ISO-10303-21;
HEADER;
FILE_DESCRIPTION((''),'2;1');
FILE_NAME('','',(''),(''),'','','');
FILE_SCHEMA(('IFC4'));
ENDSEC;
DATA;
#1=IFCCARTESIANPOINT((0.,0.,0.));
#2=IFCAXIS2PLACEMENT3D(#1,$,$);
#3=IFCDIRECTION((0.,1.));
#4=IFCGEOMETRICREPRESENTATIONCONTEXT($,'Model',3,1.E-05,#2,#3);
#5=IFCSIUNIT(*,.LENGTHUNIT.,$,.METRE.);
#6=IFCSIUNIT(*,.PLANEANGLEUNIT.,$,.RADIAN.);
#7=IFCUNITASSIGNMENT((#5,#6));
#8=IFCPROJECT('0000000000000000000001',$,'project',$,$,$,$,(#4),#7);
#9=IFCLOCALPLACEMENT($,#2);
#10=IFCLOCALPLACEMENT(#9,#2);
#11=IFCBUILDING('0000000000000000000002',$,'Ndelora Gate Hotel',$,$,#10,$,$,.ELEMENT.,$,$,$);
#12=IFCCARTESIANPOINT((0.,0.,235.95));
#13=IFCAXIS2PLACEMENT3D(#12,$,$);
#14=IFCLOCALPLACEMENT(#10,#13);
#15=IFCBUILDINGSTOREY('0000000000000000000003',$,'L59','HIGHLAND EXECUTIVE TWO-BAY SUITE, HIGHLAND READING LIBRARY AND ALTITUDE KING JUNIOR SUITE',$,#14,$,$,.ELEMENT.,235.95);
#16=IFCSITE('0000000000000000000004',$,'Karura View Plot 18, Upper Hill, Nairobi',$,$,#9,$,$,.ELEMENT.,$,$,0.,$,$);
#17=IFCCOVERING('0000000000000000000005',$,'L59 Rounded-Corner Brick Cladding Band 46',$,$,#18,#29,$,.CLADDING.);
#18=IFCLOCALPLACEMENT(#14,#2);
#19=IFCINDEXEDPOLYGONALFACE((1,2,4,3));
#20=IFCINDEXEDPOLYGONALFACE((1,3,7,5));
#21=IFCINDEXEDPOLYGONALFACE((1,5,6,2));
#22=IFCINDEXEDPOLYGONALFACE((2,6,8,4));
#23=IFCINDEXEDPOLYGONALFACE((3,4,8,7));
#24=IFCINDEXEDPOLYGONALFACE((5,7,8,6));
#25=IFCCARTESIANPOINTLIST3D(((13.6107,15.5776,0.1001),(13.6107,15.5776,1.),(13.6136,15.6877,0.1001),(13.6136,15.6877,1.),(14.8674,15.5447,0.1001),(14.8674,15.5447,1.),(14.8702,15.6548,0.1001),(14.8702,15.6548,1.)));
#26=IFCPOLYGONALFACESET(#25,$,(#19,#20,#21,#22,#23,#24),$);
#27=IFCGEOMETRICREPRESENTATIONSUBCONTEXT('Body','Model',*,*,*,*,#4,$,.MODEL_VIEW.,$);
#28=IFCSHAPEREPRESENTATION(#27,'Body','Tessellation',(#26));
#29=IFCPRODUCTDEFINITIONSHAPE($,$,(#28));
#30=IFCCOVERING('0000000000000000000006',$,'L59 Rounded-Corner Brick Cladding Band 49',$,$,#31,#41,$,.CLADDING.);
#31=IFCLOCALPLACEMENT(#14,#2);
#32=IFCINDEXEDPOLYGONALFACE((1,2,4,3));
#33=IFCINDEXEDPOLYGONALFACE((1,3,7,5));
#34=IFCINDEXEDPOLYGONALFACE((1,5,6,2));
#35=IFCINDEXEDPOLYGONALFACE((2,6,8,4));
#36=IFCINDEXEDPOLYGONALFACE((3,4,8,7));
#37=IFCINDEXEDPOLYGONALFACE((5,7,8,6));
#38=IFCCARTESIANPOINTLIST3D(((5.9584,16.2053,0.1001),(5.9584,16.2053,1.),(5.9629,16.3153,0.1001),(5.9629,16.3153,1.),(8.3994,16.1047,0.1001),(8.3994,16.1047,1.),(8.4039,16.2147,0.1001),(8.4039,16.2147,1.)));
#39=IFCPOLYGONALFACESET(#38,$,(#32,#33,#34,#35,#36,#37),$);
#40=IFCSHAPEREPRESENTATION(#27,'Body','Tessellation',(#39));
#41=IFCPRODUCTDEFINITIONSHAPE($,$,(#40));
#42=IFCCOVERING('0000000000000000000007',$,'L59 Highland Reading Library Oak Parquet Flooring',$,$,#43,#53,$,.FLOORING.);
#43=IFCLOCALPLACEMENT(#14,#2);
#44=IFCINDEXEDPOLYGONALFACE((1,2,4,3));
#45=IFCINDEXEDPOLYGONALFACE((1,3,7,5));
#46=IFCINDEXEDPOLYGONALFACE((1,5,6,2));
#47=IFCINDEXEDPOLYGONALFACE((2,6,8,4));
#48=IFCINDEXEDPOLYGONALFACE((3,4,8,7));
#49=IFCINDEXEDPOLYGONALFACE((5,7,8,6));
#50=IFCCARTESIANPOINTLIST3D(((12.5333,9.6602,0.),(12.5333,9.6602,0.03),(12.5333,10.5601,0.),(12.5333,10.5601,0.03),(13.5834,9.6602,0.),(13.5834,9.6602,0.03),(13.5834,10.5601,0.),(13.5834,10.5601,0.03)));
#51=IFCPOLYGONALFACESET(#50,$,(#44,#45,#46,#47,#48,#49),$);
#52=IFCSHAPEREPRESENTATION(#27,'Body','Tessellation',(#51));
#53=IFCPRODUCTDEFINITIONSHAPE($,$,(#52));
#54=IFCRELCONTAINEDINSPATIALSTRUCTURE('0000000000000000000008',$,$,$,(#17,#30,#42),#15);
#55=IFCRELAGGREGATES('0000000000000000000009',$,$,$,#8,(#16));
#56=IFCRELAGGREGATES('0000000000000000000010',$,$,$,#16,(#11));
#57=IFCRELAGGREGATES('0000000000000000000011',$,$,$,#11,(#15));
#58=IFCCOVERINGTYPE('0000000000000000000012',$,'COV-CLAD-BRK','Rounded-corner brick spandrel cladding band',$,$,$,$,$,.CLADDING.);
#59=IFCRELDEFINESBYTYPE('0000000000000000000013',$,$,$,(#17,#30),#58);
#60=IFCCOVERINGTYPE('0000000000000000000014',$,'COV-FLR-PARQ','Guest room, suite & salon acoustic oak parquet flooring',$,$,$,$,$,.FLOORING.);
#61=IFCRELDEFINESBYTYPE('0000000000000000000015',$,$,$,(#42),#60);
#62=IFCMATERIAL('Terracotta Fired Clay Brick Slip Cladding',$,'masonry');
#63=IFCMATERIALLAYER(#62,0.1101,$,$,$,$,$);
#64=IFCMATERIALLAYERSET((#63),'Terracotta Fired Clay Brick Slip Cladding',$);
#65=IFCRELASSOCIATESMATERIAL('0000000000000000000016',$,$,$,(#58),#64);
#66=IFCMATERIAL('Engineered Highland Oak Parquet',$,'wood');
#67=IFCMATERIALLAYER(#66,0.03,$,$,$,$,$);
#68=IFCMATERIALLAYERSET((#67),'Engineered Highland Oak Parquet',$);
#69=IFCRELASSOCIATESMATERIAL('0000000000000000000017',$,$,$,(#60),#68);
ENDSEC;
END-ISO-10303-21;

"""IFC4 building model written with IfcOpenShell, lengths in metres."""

from ifc_helpers import new_model, si_unit, direction, frame, origin, origin_2d, place, context, subcontext, project, spatial, rectangle, extrude, material, layer, layer_set, type_object, element, save


model = new_model("IFC4")

# Units and contexts
model_context = context("Model", 3, precision=1e-05, world=origin(), true_north=direction((0.0, 1.0)))
body_context = subcontext(model_context, "Body", "Model", "MODEL_VIEW")
ifc_project = project(units=[si_unit("LENGTHUNIT", "METRE"), si_unit("PLANEANGLEUNIT", "RADIAN")], contexts=[model_context])

# Site, building, storey
site_placement = place(None, origin())
site = spatial("IfcSite", under=ifc_project, at=site_placement, Name="Karura View Plot 18, Upper Hill, Nairobi", CompositionType="ELEMENT", RefElevation=0.0)
building_placement = place(site_placement, origin())
building = spatial("IfcBuilding", under=site, at=building_placement, Name="Ndelora Gate Hotel", CompositionType="ELEMENT")
storey_placement = place(building_placement, frame((0.0, 0.0, 235.95)))
storey = spatial("IfcBuildingStorey", under=building, at=storey_placement, Name="L59", Description="HIGHLAND EXECUTIVE TWO-BAY SUITE, HIGHLAND READING LIBRARY AND ALTITUDE KING JUNIOR SUITE", CompositionType="ELEMENT", Elevation=235.95)

# Coverings
ifc_material_1 = material(Name="Terracotta Fired Clay Brick Slip Cladding", Category="masonry")
ifc_layer_1 = layer(ifc_material_1, 0.1101)
ifc_layer_set_1 = layer_set([ifc_layer_1], Name="Terracotta Fired Clay Brick Slip Cladding")
covering_type_1 = type_object("IfcCoveringType", Name="COV-CLAD-BRK", Description="Rounded-corner brick spandrel cladding band", PredefinedType="CLADDING", material=ifc_layer_set_1)
for number, where, z_axis, x_axis, name in (
    (1, (14.2405, 15.6162, 0.1001), (0.0, 0.0, 1.0), (-0.999657, 0.026177, 0.0), "L59 Rounded-Corner Brick Cladding Band 46"),
):
    element("IfcCovering", number, at=place(storey_placement, frame(where, z_axis=z_axis, x_axis=x_axis)), inside=storey, type_object=covering_type_1, Name=name, PredefinedType="CLADDING", context=body_context, shape_type="SweptSolid", body=[
        extrude(rectangle(XDim=1.2571, YDim=0.1101, at=origin_2d()), origin(), (0.0, 0.0, 1.0), 0.8999),
    ])
covering_1_placement = place(storey_placement, frame((7.1812, 16.21, 0.1001), z_axis=(0.0, 0.0, 1.0), x_axis=(-0.999152, 0.041178, 0.0)))
element("IfcCovering", 2, at=covering_1_placement, inside=storey, type_object=covering_type_1, Name="L59 Rounded-Corner Brick Cladding Band 49", PredefinedType="CLADDING", context=body_context, shape_type="SweptSolid", body=[
    extrude(rectangle(XDim=2.4431, YDim=0.1101, at=origin_2d()), origin(), (0.0, 0.0, 1.0), 0.8999),
])
ifc_material_2 = material(Name="Engineered Highland Oak Parquet", Category="wood")
ifc_layer_2 = layer(ifc_material_2, 0.03)
ifc_layer_set_2 = layer_set([ifc_layer_2], Name="Engineered Highland Oak Parquet")
covering_type_2 = type_object("IfcCoveringType", Name="COV-FLR-PARQ", Description="Guest room, suite & salon acoustic oak parquet flooring", PredefinedType="FLOORING", material=ifc_layer_set_2)
covering_2_placement = place(storey_placement, frame((13.0583, 10.1101, 0.0), z_axis=(0.0, 0.0, 1.0), x_axis=(1.0, 0.0, 0.0)))
element("IfcCovering", 3, at=covering_2_placement, inside=storey, type_object=covering_type_2, Name="L59 Highland Reading Library Oak Parquet Flooring", PredefinedType="FLOORING", context=body_context, shape_type="SweptSolid", body=[
    extrude(rectangle(XDim=1.05, YDim=0.8999, at=origin_2d()), origin(), (0.0, 0.0, 1.0), 0.03),
])

save(model, "model.ifc")
